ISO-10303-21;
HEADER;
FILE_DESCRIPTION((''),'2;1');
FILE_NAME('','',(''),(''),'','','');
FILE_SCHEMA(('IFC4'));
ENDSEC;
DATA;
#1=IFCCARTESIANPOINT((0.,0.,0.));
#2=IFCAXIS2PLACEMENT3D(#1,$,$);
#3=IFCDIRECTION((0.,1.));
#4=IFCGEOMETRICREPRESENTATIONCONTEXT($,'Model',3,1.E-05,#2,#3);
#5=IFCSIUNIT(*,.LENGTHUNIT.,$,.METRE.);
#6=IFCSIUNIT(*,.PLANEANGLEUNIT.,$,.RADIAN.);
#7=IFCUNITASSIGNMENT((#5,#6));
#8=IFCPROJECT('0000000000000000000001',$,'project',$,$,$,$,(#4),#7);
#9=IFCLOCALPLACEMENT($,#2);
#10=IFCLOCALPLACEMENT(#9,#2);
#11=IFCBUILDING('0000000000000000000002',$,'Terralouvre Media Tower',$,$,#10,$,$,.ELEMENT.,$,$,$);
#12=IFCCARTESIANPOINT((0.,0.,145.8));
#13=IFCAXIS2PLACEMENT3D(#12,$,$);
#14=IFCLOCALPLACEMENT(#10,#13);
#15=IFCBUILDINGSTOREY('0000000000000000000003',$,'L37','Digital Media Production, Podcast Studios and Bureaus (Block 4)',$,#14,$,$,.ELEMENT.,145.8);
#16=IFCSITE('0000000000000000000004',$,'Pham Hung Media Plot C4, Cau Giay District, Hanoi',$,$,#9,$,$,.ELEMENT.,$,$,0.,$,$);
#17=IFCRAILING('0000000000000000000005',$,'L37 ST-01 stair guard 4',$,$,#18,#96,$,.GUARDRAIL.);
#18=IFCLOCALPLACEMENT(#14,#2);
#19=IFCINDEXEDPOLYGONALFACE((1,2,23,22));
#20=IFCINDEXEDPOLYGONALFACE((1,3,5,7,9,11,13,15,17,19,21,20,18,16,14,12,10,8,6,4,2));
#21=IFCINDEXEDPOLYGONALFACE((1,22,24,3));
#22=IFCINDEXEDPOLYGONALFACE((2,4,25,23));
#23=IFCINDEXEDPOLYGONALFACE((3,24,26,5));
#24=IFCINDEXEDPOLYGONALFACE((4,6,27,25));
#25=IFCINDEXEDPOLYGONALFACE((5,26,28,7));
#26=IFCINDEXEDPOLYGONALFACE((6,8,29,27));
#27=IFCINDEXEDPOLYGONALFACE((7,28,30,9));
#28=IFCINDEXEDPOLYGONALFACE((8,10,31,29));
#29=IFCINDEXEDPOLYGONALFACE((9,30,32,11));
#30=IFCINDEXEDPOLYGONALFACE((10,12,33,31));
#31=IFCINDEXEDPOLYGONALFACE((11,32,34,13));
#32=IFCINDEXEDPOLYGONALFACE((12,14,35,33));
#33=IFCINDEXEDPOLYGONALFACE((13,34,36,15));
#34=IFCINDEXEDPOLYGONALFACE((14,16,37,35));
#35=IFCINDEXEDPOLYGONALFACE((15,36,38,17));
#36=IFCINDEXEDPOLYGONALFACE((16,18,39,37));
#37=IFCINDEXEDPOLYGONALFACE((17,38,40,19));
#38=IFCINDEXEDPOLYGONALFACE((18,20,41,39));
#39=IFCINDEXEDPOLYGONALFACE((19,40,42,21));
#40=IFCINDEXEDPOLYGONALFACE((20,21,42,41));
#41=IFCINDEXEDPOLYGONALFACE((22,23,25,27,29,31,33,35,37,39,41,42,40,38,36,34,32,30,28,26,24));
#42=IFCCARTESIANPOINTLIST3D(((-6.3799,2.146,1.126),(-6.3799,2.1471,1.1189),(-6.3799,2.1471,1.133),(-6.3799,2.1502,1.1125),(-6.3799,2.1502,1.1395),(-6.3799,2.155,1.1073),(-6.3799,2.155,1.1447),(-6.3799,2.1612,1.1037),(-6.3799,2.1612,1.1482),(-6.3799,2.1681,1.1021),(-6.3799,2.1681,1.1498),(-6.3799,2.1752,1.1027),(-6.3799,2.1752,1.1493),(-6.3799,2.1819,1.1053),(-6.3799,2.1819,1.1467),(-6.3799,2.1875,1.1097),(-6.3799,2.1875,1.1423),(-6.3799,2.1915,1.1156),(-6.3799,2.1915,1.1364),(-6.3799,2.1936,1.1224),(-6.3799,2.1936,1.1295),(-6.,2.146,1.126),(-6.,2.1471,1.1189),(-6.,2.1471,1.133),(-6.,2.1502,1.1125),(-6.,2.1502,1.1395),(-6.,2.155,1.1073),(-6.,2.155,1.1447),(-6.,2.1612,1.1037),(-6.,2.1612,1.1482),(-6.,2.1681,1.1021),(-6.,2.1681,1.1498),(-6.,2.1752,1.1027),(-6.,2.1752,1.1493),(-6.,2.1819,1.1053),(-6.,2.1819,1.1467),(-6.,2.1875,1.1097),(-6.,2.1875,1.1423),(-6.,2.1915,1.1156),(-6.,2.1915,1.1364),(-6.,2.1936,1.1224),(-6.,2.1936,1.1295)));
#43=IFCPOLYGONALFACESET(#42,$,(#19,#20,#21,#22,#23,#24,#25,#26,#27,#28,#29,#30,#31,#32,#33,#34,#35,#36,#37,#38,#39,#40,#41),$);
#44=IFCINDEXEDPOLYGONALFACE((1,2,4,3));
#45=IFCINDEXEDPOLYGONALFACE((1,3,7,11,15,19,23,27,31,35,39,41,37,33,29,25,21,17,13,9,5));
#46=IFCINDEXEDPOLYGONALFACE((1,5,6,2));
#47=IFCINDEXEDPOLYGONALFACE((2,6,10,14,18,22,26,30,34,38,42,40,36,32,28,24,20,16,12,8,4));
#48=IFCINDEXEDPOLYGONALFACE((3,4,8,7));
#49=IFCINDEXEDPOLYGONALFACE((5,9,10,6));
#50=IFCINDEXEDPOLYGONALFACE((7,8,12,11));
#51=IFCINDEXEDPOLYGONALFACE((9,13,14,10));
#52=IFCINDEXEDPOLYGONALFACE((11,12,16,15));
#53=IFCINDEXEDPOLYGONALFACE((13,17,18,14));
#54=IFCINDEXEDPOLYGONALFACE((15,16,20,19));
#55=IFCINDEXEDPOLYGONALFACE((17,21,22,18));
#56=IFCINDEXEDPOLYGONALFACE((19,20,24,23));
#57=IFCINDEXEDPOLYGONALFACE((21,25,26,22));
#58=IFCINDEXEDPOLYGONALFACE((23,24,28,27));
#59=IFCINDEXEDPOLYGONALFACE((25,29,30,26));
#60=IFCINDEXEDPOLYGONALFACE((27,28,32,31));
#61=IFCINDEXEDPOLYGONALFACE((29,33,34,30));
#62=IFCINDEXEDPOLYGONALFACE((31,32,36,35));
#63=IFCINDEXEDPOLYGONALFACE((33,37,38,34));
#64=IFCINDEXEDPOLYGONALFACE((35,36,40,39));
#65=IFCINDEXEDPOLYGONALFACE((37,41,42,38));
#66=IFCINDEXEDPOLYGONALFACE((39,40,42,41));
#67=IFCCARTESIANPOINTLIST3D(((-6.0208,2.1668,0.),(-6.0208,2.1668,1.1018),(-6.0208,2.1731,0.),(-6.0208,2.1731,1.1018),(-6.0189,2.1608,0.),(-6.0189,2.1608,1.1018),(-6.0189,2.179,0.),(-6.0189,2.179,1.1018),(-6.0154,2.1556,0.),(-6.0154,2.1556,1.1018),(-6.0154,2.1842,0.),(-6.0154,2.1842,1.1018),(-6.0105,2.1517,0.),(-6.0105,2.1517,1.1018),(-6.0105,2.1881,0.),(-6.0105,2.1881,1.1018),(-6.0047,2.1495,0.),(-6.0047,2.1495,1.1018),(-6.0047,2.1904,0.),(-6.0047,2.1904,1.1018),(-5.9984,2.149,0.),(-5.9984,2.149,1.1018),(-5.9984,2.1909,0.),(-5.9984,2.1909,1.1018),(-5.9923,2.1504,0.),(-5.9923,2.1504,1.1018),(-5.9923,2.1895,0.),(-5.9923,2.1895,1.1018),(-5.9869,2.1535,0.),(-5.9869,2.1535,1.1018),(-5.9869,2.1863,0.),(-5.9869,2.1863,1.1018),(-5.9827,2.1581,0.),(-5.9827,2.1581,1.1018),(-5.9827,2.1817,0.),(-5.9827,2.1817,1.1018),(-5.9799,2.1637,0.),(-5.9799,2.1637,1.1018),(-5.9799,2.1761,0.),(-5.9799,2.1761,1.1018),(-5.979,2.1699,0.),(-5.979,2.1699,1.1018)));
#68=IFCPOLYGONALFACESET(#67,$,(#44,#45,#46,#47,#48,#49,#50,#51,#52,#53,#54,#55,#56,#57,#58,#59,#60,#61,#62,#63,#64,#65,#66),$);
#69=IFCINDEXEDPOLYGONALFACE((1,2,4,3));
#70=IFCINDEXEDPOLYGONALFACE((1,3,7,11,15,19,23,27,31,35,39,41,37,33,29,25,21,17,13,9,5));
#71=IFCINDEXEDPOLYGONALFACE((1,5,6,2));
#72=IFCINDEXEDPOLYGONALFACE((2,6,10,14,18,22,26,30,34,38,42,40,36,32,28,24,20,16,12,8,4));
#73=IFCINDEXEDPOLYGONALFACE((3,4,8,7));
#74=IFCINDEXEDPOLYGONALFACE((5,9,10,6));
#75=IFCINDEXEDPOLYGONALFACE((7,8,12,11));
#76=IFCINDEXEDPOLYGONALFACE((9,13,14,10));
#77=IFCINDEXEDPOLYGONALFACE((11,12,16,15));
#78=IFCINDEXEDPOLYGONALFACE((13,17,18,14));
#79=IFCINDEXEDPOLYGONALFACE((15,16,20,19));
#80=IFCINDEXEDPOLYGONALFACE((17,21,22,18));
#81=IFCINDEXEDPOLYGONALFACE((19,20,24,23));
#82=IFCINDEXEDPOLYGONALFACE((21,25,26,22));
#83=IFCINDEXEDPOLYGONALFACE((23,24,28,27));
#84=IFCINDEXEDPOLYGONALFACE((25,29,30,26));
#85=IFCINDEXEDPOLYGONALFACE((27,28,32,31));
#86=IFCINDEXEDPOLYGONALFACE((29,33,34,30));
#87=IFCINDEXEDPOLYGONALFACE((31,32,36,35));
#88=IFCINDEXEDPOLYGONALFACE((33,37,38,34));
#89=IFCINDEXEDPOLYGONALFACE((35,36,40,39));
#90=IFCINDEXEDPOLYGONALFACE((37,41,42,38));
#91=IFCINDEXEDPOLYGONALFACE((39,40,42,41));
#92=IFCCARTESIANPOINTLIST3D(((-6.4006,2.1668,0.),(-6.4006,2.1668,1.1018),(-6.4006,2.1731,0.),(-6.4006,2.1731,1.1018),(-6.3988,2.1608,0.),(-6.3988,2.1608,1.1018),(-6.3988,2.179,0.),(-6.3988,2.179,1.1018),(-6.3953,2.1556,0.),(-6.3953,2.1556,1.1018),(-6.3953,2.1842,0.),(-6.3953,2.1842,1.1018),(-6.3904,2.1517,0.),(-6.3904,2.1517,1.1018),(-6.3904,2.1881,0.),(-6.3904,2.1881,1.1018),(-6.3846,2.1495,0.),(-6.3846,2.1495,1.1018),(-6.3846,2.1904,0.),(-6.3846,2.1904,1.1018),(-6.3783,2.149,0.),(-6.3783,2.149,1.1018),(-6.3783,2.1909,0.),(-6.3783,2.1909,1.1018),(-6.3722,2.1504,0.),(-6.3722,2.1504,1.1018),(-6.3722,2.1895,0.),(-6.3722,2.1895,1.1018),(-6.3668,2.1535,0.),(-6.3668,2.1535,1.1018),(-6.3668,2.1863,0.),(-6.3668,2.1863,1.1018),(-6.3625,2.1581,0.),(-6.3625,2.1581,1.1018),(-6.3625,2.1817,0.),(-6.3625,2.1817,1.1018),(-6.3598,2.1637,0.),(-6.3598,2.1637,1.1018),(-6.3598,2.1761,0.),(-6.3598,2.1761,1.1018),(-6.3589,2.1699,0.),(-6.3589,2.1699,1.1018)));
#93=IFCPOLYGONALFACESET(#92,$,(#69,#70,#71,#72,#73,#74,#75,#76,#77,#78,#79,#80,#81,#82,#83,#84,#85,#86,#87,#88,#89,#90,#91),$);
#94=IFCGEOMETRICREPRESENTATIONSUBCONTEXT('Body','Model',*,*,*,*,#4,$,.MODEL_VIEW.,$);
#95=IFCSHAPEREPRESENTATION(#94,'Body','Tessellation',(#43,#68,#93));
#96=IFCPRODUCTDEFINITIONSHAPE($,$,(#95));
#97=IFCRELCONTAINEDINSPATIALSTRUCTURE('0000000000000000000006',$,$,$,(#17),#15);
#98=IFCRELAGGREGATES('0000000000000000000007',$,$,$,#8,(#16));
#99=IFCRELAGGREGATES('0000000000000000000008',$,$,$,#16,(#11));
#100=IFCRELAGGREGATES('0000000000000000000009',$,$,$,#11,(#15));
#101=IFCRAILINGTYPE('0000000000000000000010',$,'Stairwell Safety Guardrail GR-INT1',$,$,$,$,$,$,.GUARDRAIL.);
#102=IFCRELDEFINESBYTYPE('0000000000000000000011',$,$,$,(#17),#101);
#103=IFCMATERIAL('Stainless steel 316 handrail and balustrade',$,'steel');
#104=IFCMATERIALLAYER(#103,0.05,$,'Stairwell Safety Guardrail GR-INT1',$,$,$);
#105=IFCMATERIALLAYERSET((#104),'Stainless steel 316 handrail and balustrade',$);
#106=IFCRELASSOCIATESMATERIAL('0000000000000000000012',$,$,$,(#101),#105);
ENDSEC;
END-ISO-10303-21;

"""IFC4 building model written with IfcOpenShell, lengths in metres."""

from ifc_helpers import new_model, si_unit, direction, frame, origin, origin_2d, place, context, subcontext, project, spatial, circle, extrude, material, layer, layer_set, type_object, element, save


model = new_model("IFC4")

# Units and contexts
model_context = context("Model", 3, precision=1e-05, world=origin(), true_north=direction((0.0, 1.0)))
body_context = subcontext(model_context, "Body", "Model", "MODEL_VIEW")
ifc_project = project(units=[si_unit("LENGTHUNIT", "METRE"), si_unit("PLANEANGLEUNIT", "RADIAN")], contexts=[model_context])

# Site, building, storey
site_placement = place(None, origin())
site = spatial("IfcSite", under=ifc_project, at=site_placement, Name="Pham Hung Media Plot C4, Cau Giay District, Hanoi", CompositionType="ELEMENT", RefElevation=0.0)
building_placement = place(site_placement, origin())
building = spatial("IfcBuilding", under=site, at=building_placement, Name="Terralouvre Media Tower", CompositionType="ELEMENT")
storey_placement = place(building_placement, frame((0.0, 0.0, 145.8)))
storey = spatial("IfcBuildingStorey", under=building, at=storey_placement, Name="L37", Description="Digital Media Production, Podcast Studios and Bureaus (Block 4)", CompositionType="ELEMENT", Elevation=145.8)

# Railing
ifc_material_1 = material(Name="Stainless steel 316 handrail and balustrade", Category="steel")
ifc_layer_1 = layer(ifc_material_1, 0.05, Name="Stairwell Safety Guardrail GR-INT1")
ifc_layer_set_1 = layer_set([ifc_layer_1], Name="Stainless steel 316 handrail and balustrade")
railing_type_1 = type_object("IfcRailingType", Name="Stairwell Safety Guardrail GR-INT1", PredefinedType="GUARDRAIL", material=ifc_layer_set_1)
railing_1_placement = place(storey_placement, frame((-6.0, 2.1699, 0.0)))
element("IfcRailing", 1, at=railing_1_placement, inside=storey, type_object=railing_type_1, Name="L37 ST-01 stair guard 4", PredefinedType="GUARDRAIL", context=body_context, shape_type="SweptSolid", body=[
    extrude(circle(Radius=0.0239, at=origin_2d()), frame((0.0, 0.0, 1.126), z_axis=(-1.0, 0.0, 0.0), x_axis=(0.0, -1.0, 0.0)), (0.0, 0.0, 1.0), 0.3799),
    extrude(circle(Radius=0.021, at=origin_2d()), origin(), (0.0, 0.0, 1.0), 1.1018),
    extrude(circle(Radius=0.021, at=origin_2d()), frame((-0.3799, 0.0, 0.0)), (0.0, 0.0, 1.0), 1.1018),
])

save(model, "model.ifc")
